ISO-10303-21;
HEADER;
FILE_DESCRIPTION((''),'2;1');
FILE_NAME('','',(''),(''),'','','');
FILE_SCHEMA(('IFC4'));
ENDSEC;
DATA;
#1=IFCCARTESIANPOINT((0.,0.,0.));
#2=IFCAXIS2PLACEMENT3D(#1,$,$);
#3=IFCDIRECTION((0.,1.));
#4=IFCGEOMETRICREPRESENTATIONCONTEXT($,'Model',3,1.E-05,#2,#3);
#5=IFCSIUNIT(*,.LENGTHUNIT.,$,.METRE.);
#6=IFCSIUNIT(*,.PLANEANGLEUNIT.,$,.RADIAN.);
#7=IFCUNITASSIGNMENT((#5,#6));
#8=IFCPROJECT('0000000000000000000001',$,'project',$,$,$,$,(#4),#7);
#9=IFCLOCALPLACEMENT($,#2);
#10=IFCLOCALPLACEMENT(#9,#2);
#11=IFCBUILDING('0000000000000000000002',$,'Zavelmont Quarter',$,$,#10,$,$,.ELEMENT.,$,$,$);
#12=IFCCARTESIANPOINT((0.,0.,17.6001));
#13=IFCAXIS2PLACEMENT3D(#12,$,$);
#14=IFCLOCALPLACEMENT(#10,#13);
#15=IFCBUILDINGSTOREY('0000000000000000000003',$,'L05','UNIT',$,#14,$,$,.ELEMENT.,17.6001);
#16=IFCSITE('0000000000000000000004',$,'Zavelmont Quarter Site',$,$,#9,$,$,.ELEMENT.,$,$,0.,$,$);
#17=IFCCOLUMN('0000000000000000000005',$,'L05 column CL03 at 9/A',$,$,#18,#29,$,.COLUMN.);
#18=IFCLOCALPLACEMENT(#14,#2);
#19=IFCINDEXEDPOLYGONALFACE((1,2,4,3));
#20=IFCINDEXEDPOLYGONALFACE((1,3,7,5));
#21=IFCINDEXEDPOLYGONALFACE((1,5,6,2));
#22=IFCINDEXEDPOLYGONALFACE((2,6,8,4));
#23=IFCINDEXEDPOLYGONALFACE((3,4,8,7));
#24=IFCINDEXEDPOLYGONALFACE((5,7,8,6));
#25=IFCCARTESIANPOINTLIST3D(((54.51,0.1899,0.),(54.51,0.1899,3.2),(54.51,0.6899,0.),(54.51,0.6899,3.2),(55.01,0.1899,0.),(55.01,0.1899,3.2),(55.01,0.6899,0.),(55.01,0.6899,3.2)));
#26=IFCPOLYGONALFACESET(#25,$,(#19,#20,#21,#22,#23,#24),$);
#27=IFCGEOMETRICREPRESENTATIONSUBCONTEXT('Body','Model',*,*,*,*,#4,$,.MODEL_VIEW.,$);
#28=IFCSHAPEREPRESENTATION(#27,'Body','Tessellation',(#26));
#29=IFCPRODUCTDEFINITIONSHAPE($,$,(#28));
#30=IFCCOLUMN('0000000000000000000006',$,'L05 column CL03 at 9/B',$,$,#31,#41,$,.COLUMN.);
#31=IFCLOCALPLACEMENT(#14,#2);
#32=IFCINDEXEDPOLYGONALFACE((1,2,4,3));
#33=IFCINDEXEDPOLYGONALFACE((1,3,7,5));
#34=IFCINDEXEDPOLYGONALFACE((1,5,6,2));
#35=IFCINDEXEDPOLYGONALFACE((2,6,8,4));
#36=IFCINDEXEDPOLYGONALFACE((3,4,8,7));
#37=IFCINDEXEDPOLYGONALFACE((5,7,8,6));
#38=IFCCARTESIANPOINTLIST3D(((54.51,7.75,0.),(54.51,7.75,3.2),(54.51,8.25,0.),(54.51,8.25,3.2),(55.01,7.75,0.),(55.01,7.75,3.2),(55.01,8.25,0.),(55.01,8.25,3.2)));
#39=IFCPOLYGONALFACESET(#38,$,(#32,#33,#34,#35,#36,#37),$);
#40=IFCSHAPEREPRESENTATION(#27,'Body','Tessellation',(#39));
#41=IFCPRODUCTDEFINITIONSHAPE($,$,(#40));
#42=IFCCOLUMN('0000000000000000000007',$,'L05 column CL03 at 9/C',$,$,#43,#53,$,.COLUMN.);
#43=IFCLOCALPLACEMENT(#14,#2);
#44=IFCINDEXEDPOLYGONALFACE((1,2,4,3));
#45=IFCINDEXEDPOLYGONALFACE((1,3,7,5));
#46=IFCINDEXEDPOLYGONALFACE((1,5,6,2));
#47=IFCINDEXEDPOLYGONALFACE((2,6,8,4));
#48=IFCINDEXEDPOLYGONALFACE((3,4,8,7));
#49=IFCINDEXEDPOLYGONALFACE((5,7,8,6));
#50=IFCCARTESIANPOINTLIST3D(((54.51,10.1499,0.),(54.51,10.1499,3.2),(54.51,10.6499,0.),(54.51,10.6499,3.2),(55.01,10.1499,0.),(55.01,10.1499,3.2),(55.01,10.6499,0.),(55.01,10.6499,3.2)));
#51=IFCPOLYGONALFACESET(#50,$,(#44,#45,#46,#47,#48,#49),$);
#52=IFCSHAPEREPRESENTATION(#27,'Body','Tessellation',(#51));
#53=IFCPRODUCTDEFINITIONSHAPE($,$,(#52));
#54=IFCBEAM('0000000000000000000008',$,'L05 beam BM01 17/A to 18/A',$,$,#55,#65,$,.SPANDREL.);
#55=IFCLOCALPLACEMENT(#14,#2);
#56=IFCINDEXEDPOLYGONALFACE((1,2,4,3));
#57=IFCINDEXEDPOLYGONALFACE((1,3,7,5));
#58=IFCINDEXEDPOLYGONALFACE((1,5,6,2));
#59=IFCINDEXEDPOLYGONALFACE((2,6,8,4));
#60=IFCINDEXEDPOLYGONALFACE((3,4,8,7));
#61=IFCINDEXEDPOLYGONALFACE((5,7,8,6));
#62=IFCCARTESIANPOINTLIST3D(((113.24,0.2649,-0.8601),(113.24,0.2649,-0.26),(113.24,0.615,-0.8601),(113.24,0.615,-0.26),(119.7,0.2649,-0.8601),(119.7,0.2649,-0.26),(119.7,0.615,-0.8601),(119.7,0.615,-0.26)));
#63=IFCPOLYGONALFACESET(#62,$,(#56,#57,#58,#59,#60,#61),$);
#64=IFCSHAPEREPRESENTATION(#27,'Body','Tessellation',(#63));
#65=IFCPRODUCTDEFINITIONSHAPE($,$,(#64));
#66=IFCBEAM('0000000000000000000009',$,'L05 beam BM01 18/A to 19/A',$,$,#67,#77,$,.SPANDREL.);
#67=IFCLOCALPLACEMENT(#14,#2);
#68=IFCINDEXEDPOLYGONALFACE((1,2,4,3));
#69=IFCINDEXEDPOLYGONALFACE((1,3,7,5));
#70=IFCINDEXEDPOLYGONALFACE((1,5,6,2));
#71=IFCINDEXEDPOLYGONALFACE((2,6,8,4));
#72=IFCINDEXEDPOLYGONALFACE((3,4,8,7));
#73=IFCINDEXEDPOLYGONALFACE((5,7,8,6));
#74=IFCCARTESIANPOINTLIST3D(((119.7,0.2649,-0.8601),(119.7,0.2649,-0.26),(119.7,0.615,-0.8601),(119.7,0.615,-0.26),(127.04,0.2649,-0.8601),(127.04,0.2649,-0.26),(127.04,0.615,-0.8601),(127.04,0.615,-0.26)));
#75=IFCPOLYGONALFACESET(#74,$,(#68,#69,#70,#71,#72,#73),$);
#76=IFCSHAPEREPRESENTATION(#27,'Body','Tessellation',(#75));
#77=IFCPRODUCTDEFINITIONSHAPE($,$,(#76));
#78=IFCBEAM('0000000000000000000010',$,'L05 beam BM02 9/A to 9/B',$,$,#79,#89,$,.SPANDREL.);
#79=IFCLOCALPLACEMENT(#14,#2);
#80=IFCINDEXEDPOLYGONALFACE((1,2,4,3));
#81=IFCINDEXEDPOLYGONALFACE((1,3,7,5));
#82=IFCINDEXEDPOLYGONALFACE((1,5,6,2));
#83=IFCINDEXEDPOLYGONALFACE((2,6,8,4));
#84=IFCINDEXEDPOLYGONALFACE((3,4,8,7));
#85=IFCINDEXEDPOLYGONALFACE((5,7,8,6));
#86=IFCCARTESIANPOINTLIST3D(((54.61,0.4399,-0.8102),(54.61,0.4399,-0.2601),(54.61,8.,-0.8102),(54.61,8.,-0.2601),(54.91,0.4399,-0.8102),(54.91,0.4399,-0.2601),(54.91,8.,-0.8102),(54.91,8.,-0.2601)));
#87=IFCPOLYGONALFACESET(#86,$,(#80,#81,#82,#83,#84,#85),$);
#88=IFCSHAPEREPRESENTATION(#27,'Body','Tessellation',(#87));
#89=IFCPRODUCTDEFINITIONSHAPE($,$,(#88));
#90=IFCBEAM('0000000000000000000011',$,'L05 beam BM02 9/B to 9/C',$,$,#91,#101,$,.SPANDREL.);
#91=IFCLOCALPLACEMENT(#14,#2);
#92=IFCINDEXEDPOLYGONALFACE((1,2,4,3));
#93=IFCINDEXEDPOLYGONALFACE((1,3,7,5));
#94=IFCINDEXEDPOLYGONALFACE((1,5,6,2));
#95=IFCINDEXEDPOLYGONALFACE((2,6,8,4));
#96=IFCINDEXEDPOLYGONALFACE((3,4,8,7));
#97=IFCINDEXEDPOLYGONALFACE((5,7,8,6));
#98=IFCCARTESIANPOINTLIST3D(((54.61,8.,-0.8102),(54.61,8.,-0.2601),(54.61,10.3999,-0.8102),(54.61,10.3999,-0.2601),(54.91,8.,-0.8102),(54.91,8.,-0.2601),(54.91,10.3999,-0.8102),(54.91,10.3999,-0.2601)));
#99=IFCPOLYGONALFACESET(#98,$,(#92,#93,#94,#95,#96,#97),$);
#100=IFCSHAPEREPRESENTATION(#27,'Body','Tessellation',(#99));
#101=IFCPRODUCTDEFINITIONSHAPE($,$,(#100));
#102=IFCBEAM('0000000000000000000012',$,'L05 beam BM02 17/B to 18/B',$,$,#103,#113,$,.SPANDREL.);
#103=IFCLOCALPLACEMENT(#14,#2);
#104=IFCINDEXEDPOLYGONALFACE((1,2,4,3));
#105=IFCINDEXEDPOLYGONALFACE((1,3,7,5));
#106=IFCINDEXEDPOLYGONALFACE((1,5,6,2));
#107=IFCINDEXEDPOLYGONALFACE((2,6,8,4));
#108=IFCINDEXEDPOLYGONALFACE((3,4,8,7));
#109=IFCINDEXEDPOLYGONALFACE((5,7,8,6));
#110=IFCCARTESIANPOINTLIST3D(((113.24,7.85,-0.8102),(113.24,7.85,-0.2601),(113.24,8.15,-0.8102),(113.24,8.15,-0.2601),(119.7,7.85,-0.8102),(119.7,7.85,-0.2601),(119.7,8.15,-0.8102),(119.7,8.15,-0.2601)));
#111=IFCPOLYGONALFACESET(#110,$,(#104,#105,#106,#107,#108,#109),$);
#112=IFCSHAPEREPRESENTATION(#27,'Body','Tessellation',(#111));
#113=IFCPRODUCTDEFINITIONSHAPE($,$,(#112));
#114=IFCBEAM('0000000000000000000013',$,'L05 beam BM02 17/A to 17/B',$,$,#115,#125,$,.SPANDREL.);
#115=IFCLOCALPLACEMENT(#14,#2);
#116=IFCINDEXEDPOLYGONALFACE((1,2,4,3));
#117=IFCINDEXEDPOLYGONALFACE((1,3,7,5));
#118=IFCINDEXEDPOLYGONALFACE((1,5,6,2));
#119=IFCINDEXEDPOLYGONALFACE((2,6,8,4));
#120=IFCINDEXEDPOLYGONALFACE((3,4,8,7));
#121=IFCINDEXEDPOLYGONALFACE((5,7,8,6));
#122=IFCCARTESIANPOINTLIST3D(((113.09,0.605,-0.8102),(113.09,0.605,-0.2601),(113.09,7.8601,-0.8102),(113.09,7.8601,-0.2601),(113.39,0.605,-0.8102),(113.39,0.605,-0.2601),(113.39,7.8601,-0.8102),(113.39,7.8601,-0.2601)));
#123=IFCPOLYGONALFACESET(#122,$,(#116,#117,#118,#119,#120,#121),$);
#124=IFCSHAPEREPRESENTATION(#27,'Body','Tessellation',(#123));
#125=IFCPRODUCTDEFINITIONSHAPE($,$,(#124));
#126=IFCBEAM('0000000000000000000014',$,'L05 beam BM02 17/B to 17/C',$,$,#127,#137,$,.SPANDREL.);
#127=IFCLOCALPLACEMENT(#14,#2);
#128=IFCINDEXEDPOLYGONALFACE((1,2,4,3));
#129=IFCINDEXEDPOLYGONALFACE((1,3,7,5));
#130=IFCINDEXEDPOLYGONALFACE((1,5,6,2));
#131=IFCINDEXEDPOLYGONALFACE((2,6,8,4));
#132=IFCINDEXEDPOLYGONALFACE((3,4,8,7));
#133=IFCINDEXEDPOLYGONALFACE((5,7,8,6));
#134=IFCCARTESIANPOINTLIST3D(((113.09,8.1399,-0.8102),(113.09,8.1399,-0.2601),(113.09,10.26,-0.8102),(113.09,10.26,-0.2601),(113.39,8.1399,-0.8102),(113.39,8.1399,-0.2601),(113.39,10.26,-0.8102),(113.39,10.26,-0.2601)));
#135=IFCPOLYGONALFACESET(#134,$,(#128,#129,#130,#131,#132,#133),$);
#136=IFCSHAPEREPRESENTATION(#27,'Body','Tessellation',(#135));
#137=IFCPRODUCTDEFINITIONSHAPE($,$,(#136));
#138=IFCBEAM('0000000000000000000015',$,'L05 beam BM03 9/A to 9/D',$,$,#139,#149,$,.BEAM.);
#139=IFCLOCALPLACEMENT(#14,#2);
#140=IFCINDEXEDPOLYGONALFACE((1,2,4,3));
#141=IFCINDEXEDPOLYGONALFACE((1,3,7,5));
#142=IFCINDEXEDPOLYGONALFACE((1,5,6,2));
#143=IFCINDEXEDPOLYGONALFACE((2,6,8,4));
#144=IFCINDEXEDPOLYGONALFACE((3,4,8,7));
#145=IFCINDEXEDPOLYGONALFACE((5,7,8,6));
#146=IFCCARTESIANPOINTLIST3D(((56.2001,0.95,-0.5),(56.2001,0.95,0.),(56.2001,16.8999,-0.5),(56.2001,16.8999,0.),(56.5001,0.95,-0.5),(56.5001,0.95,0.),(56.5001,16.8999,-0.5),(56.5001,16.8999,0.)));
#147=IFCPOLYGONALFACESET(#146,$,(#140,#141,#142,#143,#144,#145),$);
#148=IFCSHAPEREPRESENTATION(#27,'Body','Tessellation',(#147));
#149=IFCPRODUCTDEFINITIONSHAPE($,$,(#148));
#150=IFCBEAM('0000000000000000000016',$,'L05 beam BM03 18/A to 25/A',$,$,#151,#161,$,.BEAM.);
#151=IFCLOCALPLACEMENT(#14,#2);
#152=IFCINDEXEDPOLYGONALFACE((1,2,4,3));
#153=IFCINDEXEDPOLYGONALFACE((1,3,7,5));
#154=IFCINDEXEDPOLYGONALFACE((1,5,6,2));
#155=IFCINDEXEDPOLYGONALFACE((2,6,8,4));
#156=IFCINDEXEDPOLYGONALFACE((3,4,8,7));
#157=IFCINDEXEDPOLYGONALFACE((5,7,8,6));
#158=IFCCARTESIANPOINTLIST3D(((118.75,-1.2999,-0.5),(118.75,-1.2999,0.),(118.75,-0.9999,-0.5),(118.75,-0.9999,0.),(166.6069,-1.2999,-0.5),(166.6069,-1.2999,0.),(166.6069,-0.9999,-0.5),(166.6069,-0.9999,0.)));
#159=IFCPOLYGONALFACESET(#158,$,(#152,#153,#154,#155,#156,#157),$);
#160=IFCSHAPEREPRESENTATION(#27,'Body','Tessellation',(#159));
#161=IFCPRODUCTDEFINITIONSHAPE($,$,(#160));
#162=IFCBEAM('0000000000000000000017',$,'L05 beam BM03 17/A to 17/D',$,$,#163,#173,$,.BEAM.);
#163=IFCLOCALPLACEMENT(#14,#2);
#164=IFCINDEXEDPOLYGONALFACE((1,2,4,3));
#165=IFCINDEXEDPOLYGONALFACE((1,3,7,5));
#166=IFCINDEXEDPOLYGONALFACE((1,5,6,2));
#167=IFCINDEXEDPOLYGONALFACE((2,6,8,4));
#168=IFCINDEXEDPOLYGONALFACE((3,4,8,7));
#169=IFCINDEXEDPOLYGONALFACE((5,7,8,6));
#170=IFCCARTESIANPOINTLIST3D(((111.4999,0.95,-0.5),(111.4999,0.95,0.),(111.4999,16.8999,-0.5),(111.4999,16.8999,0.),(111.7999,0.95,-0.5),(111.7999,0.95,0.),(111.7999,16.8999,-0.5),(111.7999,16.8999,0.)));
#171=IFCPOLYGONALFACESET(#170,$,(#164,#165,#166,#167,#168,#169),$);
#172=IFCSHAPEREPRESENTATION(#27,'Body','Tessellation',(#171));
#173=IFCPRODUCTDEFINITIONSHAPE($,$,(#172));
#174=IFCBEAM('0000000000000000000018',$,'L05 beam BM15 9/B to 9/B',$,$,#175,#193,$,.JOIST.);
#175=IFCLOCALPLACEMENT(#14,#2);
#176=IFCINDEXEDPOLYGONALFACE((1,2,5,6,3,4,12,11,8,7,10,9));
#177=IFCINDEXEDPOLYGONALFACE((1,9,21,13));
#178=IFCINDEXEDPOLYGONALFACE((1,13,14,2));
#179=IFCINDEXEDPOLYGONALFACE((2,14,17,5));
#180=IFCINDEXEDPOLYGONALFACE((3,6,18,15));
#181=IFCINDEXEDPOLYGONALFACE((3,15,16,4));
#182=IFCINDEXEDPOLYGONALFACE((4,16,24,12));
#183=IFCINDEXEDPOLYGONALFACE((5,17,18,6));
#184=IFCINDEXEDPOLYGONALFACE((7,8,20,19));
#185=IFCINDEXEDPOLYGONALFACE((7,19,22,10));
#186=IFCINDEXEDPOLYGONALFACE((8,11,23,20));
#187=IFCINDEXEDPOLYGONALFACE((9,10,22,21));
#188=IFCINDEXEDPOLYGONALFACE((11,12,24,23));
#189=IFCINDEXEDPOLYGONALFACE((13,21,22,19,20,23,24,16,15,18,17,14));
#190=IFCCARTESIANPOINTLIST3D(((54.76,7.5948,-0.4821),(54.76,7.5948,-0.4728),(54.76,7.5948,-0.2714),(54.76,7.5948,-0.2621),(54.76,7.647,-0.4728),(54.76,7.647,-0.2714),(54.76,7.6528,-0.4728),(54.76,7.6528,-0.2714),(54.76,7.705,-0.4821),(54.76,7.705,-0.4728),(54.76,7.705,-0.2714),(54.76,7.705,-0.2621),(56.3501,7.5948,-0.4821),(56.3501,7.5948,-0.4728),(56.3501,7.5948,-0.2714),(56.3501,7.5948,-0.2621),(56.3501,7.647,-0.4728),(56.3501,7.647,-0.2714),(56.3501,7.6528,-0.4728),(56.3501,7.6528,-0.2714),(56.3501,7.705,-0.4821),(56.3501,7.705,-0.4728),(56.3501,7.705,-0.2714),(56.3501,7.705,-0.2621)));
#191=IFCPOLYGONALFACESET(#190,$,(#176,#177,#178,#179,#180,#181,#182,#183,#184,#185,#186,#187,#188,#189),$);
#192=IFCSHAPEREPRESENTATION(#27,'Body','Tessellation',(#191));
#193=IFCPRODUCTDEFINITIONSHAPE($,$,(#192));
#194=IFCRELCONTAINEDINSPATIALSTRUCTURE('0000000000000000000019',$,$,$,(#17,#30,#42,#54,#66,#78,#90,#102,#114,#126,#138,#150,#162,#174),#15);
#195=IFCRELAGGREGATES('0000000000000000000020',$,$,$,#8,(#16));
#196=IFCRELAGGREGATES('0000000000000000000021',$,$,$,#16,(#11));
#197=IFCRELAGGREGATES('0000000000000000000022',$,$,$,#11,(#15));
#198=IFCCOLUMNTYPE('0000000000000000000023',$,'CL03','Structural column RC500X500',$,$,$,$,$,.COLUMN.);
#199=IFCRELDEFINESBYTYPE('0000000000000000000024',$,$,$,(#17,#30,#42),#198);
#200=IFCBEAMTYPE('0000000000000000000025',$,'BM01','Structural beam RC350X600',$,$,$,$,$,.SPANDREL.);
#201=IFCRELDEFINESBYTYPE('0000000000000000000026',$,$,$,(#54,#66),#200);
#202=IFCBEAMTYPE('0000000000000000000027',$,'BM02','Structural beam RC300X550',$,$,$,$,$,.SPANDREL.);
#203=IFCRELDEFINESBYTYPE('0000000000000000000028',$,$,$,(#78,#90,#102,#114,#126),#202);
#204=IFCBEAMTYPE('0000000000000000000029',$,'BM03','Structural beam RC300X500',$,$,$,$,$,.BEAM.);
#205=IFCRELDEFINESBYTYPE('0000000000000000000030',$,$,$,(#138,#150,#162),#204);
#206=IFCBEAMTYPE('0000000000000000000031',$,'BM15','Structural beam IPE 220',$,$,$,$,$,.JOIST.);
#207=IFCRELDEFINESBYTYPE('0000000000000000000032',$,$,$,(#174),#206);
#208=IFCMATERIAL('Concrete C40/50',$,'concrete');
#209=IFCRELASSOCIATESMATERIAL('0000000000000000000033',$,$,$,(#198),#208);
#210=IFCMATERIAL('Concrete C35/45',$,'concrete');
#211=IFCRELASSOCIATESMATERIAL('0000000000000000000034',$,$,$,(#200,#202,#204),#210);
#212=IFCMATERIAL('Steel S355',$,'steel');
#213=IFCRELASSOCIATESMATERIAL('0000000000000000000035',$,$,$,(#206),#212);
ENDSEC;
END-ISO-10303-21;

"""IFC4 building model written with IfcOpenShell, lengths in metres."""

from ifc_helpers import new_model, si_unit, direction, frame, origin, origin_2d, place, context, subcontext, project, spatial, rectangle, i_section, extrude, material, material_profile, profile_set, type_object, element, save


model = new_model("IFC4")

# Units and contexts
model_context = context("Model", 3, precision=1e-05, world=origin(), true_north=direction((0.0, 1.0)))
body_context = subcontext(model_context, "Body", "Model", "MODEL_VIEW")
ifc_project = project(units=[si_unit("LENGTHUNIT", "METRE"), si_unit("PLANEANGLEUNIT", "RADIAN")], contexts=[model_context])

# Site, building, storey
site_placement = place(None, origin())
site = spatial("IfcSite", under=ifc_project, at=site_placement, Name="Zavelmont Quarter Site", CompositionType="ELEMENT", RefElevation=0.0)
building_placement = place(site_placement, origin())
building = spatial("IfcBuilding", under=site, at=building_placement, Name="Zavelmont Quarter", CompositionType="ELEMENT")
storey_placement = place(building_placement, frame((0.0, 0.0, 17.6001)))
storey = spatial("IfcBuildingStorey", under=building, at=storey_placement, Name="L05", Description="UNIT", CompositionType="ELEMENT", Elevation=17.6001)

# Columns
ifc_material_1 = material(Name="Concrete C40/50", Category="concrete")
ifc_material_profile_1 = material_profile(ifc_material_1, rectangle(XDim=0.5, YDim=0.5, at=origin_2d()), Name="RC500X500")
ifc_profile_set_1 = profile_set([ifc_material_profile_1], Name="Concrete C40/50")
column_type = type_object("IfcColumnType", Name="CL03", Description="Structural column RC500X500", PredefinedType="COLUMN", material=ifc_profile_set_1)
for number, where, z_axis, x_axis, name in (
    (1, (54.76, 0.4399, 0.0), (0.0, 0.0, 1.0), (1.0, 0.0, 0.0), "L05 column CL03 at 9/A"),
    (2, (54.76, 8.0, 0.0), (0.0, 0.0, 1.0), (1.0, 0.0, 0.0), "L05 column CL03 at 9/B"),
    (3, (54.76, 10.3999, 0.0), (0.0, 0.0, 1.0), (1.0, 0.0, 0.0), "L05 column CL03 at 9/C"),
):
    element("IfcColumn", number, at=place(storey_placement, frame(where, z_axis=z_axis, x_axis=x_axis)), inside=storey, type_object=column_type, Name=name, PredefinedType="COLUMN", context=body_context, shape_type="SweptSolid", body=[
        extrude(rectangle(XDim=0.5, YDim=0.5, at=origin_2d()), origin(), (0.0, 0.0, 1.0), 3.2),
    ])

# Beams
ifc_material_2 = material(Name="Concrete C35/45", Category="concrete")
ifc_material_profile_2 = material_profile(ifc_material_2, rectangle(XDim=0.3501, YDim=0.6001, at=origin_2d()), Name="RC350X600")
ifc_profile_set_2 = profile_set([ifc_material_profile_2], Name="Concrete C35/45")
beam_type_1 = type_object("IfcBeamType", Name="BM01", Description="Structural beam RC350X600", PredefinedType="SPANDREL", material=ifc_profile_set_2)
beam_1_placement = place(storey_placement, frame((113.24, 0.4399, -0.5601), z_axis=(1.0, 0.0, 0.0), x_axis=(0.0, 1.0, 0.0)))
element("IfcBeam", 4, at=beam_1_placement, inside=storey, type_object=beam_type_1, Name="L05 beam BM01 17/A to 18/A", PredefinedType="SPANDREL", context=body_context, shape_type="SweptSolid", body=[
    extrude(rectangle(XDim=0.3501, YDim=0.6001, at=origin_2d()), origin(), (0.0, 0.0, 1.0), 6.46),
])
beam_2_placement = place(storey_placement, frame((119.7, 0.4399, -0.5601), z_axis=(1.0, 0.0, 0.0), x_axis=(0.0, 1.0, 0.0)))
element("IfcBeam", 5, at=beam_2_placement, inside=storey, type_object=beam_type_1, Name="L05 beam BM01 18/A to 19/A", PredefinedType="SPANDREL", context=body_context, shape_type="SweptSolid", body=[
    extrude(rectangle(XDim=0.3501, YDim=0.6001, at=origin_2d()), origin(), (0.0, 0.0, 1.0), 7.3401),
])
ifc_material_profile_3 = material_profile(ifc_material_2, rectangle(XDim=0.3, YDim=0.55, at=origin_2d()), Name="RC300X550")
ifc_profile_set_3 = profile_set([ifc_material_profile_3], Name="Concrete C35/45")
beam_type_2 = type_object("IfcBeamType", Name="BM02", Description="Structural beam RC300X550", PredefinedType="SPANDREL", material=ifc_profile_set_3)
beam_3_placement = place(storey_placement, frame((54.76, 0.4399, -0.5352), z_axis=(0.0, 1.0, 0.0), x_axis=(-1.0, 0.0, 0.0)))
element("IfcBeam", 6, at=beam_3_placement, inside=storey, type_object=beam_type_2, Name="L05 beam BM02 9/A to 9/B", PredefinedType="SPANDREL", context=body_context, shape_type="SweptSolid", body=[
    extrude(rectangle(XDim=0.3, YDim=0.55, at=origin_2d()), origin(), (0.0, 0.0, 1.0), 7.5601),
])
beam_4_placement = place(storey_placement, frame((54.76, 8.0, -0.5352), z_axis=(0.0, 1.0, 0.0), x_axis=(-1.0, 0.0, 0.0)))
element("IfcBeam", 7, at=beam_4_placement, inside=storey, type_object=beam_type_2, Name="L05 beam BM02 9/B to 9/C", PredefinedType="SPANDREL", context=body_context, shape_type="SweptSolid", body=[
    extrude(rectangle(XDim=0.3, YDim=0.55, at=origin_2d()), origin(), (0.0, 0.0, 1.0), 2.3999),
])
beam_5_placement = place(storey_placement, frame((113.24, 8.0, -0.5352), z_axis=(1.0, 0.0, 0.0), x_axis=(0.0, 1.0, 0.0)))
element("IfcBeam", 8, at=beam_5_placement, inside=storey, type_object=beam_type_2, Name="L05 beam BM02 17/B to 18/B", PredefinedType="SPANDREL", context=body_context, shape_type="SweptSolid", body=[
    extrude(rectangle(XDim=0.3, YDim=0.55, at=origin_2d()), origin(), (0.0, 0.0, 1.0), 6.46),
])
beam_6_placement = place(storey_placement, frame((113.24, 0.605, -0.5352), z_axis=(0.0, 1.0, 0.0), x_axis=(-1.0, 0.0, 0.0)))
element("IfcBeam", 9, at=beam_6_placement, inside=storey, type_object=beam_type_2, Name="L05 beam BM02 17/A to 17/B", PredefinedType="SPANDREL", context=body_context, shape_type="SweptSolid", body=[
    extrude(rectangle(XDim=0.3, YDim=0.55, at=origin_2d()), origin(), (0.0, 0.0, 1.0), 7.2551),
])
beam_7_placement = place(storey_placement, frame((113.24, 8.1399, -0.5352), z_axis=(0.0, 1.0, 0.0), x_axis=(-1.0, 0.0, 0.0)))
element("IfcBeam", 10, at=beam_7_placement, inside=storey, type_object=beam_type_2, Name="L05 beam BM02 17/B to 17/C", PredefinedType="SPANDREL", context=body_context, shape_type="SweptSolid", body=[
    extrude(rectangle(XDim=0.3, YDim=0.55, at=origin_2d()), origin(), (0.0, 0.0, 1.0), 2.1201),
])
ifc_material_profile_4 = material_profile(ifc_material_2, rectangle(XDim=0.3, YDim=0.5, at=origin_2d()), Name="RC300X500")
ifc_profile_set_4 = profile_set([ifc_material_profile_4], Name="Concrete C35/45")
beam_type_3 = type_object("IfcBeamType", Name="BM03", Description="Structural beam RC300X500", PredefinedType="BEAM", material=ifc_profile_set_4)
beam_8_placement = place(storey_placement, frame((56.3501, 0.95, -0.25), z_axis=(0.0, 1.0, 0.0), x_axis=(-1.0, 0.0, 0.0)))
element("IfcBeam", 11, at=beam_8_placement, inside=storey, type_object=beam_type_3, Name="L05 beam BM03 9/A to 9/D", PredefinedType="BEAM", context=body_context, shape_type="SweptSolid", body=[
    extrude(rectangle(XDim=0.3, YDim=0.5, at=origin_2d()), origin(), (0.0, 0.0, 1.0), 15.95),
])
beam_9_placement = place(storey_placement, frame((118.75, -1.1499, -0.25), z_axis=(1.0, 0.0, 0.0), x_axis=(0.0, 1.0, 0.0)))
element("IfcBeam", 12, at=beam_9_placement, inside=storey, type_object=beam_type_3, Name="L05 beam BM03 18/A to 25/A", PredefinedType="BEAM", context=body_context, shape_type="SweptSolid", body=[
    extrude(rectangle(XDim=0.3, YDim=0.5, at=origin_2d()), origin(), (0.0, 0.0, 1.0), 47.8569),
])
beam_10_placement = place(storey_placement, frame((111.6499, 0.95, -0.25), z_axis=(0.0, 1.0, 0.0), x_axis=(-1.0, 0.0, 0.0)))
element("IfcBeam", 13, at=beam_10_placement, inside=storey, type_object=beam_type_3, Name="L05 beam BM03 17/A to 17/D", PredefinedType="BEAM", context=body_context, shape_type="SweptSolid", body=[
    extrude(rectangle(XDim=0.3, YDim=0.5, at=origin_2d()), origin(), (0.0, 0.0, 1.0), 15.95),
])
ifc_material_3 = material(Name="Steel S355", Category="steel")
ifc_material_profile_5 = material_profile(ifc_material_3, i_section(OverallWidth=0.1101, OverallDepth=0.22, WebThickness=0.0059, FlangeThickness=0.0093, at=origin_2d()), Name="IPE 220")
ifc_profile_set_5 = profile_set([ifc_material_profile_5], Name="Steel S355")
beam_type_4 = type_object("IfcBeamType", Name="BM15", Description="Structural beam IPE 220", PredefinedType="JOIST", material=ifc_profile_set_5)
beam_11_placement = place(storey_placement, frame((54.76, 7.6499, -0.3721), z_axis=(1.0, 0.0, 0.0), x_axis=(0.0, 1.0, 0.0)))
element("IfcBeam", 14, at=beam_11_placement, inside=storey, type_object=beam_type_4, Name="L05 beam BM15 9/B to 9/B", PredefinedType="JOIST", context=body_context, shape_type="SweptSolid", body=[
    extrude(i_section(OverallWidth=0.1101, OverallDepth=0.22, WebThickness=0.0059, FlangeThickness=0.0093, at=origin_2d()), origin(), (0.0, 0.0, 1.0), 1.5901),
])

save(model, "model.ifc")
